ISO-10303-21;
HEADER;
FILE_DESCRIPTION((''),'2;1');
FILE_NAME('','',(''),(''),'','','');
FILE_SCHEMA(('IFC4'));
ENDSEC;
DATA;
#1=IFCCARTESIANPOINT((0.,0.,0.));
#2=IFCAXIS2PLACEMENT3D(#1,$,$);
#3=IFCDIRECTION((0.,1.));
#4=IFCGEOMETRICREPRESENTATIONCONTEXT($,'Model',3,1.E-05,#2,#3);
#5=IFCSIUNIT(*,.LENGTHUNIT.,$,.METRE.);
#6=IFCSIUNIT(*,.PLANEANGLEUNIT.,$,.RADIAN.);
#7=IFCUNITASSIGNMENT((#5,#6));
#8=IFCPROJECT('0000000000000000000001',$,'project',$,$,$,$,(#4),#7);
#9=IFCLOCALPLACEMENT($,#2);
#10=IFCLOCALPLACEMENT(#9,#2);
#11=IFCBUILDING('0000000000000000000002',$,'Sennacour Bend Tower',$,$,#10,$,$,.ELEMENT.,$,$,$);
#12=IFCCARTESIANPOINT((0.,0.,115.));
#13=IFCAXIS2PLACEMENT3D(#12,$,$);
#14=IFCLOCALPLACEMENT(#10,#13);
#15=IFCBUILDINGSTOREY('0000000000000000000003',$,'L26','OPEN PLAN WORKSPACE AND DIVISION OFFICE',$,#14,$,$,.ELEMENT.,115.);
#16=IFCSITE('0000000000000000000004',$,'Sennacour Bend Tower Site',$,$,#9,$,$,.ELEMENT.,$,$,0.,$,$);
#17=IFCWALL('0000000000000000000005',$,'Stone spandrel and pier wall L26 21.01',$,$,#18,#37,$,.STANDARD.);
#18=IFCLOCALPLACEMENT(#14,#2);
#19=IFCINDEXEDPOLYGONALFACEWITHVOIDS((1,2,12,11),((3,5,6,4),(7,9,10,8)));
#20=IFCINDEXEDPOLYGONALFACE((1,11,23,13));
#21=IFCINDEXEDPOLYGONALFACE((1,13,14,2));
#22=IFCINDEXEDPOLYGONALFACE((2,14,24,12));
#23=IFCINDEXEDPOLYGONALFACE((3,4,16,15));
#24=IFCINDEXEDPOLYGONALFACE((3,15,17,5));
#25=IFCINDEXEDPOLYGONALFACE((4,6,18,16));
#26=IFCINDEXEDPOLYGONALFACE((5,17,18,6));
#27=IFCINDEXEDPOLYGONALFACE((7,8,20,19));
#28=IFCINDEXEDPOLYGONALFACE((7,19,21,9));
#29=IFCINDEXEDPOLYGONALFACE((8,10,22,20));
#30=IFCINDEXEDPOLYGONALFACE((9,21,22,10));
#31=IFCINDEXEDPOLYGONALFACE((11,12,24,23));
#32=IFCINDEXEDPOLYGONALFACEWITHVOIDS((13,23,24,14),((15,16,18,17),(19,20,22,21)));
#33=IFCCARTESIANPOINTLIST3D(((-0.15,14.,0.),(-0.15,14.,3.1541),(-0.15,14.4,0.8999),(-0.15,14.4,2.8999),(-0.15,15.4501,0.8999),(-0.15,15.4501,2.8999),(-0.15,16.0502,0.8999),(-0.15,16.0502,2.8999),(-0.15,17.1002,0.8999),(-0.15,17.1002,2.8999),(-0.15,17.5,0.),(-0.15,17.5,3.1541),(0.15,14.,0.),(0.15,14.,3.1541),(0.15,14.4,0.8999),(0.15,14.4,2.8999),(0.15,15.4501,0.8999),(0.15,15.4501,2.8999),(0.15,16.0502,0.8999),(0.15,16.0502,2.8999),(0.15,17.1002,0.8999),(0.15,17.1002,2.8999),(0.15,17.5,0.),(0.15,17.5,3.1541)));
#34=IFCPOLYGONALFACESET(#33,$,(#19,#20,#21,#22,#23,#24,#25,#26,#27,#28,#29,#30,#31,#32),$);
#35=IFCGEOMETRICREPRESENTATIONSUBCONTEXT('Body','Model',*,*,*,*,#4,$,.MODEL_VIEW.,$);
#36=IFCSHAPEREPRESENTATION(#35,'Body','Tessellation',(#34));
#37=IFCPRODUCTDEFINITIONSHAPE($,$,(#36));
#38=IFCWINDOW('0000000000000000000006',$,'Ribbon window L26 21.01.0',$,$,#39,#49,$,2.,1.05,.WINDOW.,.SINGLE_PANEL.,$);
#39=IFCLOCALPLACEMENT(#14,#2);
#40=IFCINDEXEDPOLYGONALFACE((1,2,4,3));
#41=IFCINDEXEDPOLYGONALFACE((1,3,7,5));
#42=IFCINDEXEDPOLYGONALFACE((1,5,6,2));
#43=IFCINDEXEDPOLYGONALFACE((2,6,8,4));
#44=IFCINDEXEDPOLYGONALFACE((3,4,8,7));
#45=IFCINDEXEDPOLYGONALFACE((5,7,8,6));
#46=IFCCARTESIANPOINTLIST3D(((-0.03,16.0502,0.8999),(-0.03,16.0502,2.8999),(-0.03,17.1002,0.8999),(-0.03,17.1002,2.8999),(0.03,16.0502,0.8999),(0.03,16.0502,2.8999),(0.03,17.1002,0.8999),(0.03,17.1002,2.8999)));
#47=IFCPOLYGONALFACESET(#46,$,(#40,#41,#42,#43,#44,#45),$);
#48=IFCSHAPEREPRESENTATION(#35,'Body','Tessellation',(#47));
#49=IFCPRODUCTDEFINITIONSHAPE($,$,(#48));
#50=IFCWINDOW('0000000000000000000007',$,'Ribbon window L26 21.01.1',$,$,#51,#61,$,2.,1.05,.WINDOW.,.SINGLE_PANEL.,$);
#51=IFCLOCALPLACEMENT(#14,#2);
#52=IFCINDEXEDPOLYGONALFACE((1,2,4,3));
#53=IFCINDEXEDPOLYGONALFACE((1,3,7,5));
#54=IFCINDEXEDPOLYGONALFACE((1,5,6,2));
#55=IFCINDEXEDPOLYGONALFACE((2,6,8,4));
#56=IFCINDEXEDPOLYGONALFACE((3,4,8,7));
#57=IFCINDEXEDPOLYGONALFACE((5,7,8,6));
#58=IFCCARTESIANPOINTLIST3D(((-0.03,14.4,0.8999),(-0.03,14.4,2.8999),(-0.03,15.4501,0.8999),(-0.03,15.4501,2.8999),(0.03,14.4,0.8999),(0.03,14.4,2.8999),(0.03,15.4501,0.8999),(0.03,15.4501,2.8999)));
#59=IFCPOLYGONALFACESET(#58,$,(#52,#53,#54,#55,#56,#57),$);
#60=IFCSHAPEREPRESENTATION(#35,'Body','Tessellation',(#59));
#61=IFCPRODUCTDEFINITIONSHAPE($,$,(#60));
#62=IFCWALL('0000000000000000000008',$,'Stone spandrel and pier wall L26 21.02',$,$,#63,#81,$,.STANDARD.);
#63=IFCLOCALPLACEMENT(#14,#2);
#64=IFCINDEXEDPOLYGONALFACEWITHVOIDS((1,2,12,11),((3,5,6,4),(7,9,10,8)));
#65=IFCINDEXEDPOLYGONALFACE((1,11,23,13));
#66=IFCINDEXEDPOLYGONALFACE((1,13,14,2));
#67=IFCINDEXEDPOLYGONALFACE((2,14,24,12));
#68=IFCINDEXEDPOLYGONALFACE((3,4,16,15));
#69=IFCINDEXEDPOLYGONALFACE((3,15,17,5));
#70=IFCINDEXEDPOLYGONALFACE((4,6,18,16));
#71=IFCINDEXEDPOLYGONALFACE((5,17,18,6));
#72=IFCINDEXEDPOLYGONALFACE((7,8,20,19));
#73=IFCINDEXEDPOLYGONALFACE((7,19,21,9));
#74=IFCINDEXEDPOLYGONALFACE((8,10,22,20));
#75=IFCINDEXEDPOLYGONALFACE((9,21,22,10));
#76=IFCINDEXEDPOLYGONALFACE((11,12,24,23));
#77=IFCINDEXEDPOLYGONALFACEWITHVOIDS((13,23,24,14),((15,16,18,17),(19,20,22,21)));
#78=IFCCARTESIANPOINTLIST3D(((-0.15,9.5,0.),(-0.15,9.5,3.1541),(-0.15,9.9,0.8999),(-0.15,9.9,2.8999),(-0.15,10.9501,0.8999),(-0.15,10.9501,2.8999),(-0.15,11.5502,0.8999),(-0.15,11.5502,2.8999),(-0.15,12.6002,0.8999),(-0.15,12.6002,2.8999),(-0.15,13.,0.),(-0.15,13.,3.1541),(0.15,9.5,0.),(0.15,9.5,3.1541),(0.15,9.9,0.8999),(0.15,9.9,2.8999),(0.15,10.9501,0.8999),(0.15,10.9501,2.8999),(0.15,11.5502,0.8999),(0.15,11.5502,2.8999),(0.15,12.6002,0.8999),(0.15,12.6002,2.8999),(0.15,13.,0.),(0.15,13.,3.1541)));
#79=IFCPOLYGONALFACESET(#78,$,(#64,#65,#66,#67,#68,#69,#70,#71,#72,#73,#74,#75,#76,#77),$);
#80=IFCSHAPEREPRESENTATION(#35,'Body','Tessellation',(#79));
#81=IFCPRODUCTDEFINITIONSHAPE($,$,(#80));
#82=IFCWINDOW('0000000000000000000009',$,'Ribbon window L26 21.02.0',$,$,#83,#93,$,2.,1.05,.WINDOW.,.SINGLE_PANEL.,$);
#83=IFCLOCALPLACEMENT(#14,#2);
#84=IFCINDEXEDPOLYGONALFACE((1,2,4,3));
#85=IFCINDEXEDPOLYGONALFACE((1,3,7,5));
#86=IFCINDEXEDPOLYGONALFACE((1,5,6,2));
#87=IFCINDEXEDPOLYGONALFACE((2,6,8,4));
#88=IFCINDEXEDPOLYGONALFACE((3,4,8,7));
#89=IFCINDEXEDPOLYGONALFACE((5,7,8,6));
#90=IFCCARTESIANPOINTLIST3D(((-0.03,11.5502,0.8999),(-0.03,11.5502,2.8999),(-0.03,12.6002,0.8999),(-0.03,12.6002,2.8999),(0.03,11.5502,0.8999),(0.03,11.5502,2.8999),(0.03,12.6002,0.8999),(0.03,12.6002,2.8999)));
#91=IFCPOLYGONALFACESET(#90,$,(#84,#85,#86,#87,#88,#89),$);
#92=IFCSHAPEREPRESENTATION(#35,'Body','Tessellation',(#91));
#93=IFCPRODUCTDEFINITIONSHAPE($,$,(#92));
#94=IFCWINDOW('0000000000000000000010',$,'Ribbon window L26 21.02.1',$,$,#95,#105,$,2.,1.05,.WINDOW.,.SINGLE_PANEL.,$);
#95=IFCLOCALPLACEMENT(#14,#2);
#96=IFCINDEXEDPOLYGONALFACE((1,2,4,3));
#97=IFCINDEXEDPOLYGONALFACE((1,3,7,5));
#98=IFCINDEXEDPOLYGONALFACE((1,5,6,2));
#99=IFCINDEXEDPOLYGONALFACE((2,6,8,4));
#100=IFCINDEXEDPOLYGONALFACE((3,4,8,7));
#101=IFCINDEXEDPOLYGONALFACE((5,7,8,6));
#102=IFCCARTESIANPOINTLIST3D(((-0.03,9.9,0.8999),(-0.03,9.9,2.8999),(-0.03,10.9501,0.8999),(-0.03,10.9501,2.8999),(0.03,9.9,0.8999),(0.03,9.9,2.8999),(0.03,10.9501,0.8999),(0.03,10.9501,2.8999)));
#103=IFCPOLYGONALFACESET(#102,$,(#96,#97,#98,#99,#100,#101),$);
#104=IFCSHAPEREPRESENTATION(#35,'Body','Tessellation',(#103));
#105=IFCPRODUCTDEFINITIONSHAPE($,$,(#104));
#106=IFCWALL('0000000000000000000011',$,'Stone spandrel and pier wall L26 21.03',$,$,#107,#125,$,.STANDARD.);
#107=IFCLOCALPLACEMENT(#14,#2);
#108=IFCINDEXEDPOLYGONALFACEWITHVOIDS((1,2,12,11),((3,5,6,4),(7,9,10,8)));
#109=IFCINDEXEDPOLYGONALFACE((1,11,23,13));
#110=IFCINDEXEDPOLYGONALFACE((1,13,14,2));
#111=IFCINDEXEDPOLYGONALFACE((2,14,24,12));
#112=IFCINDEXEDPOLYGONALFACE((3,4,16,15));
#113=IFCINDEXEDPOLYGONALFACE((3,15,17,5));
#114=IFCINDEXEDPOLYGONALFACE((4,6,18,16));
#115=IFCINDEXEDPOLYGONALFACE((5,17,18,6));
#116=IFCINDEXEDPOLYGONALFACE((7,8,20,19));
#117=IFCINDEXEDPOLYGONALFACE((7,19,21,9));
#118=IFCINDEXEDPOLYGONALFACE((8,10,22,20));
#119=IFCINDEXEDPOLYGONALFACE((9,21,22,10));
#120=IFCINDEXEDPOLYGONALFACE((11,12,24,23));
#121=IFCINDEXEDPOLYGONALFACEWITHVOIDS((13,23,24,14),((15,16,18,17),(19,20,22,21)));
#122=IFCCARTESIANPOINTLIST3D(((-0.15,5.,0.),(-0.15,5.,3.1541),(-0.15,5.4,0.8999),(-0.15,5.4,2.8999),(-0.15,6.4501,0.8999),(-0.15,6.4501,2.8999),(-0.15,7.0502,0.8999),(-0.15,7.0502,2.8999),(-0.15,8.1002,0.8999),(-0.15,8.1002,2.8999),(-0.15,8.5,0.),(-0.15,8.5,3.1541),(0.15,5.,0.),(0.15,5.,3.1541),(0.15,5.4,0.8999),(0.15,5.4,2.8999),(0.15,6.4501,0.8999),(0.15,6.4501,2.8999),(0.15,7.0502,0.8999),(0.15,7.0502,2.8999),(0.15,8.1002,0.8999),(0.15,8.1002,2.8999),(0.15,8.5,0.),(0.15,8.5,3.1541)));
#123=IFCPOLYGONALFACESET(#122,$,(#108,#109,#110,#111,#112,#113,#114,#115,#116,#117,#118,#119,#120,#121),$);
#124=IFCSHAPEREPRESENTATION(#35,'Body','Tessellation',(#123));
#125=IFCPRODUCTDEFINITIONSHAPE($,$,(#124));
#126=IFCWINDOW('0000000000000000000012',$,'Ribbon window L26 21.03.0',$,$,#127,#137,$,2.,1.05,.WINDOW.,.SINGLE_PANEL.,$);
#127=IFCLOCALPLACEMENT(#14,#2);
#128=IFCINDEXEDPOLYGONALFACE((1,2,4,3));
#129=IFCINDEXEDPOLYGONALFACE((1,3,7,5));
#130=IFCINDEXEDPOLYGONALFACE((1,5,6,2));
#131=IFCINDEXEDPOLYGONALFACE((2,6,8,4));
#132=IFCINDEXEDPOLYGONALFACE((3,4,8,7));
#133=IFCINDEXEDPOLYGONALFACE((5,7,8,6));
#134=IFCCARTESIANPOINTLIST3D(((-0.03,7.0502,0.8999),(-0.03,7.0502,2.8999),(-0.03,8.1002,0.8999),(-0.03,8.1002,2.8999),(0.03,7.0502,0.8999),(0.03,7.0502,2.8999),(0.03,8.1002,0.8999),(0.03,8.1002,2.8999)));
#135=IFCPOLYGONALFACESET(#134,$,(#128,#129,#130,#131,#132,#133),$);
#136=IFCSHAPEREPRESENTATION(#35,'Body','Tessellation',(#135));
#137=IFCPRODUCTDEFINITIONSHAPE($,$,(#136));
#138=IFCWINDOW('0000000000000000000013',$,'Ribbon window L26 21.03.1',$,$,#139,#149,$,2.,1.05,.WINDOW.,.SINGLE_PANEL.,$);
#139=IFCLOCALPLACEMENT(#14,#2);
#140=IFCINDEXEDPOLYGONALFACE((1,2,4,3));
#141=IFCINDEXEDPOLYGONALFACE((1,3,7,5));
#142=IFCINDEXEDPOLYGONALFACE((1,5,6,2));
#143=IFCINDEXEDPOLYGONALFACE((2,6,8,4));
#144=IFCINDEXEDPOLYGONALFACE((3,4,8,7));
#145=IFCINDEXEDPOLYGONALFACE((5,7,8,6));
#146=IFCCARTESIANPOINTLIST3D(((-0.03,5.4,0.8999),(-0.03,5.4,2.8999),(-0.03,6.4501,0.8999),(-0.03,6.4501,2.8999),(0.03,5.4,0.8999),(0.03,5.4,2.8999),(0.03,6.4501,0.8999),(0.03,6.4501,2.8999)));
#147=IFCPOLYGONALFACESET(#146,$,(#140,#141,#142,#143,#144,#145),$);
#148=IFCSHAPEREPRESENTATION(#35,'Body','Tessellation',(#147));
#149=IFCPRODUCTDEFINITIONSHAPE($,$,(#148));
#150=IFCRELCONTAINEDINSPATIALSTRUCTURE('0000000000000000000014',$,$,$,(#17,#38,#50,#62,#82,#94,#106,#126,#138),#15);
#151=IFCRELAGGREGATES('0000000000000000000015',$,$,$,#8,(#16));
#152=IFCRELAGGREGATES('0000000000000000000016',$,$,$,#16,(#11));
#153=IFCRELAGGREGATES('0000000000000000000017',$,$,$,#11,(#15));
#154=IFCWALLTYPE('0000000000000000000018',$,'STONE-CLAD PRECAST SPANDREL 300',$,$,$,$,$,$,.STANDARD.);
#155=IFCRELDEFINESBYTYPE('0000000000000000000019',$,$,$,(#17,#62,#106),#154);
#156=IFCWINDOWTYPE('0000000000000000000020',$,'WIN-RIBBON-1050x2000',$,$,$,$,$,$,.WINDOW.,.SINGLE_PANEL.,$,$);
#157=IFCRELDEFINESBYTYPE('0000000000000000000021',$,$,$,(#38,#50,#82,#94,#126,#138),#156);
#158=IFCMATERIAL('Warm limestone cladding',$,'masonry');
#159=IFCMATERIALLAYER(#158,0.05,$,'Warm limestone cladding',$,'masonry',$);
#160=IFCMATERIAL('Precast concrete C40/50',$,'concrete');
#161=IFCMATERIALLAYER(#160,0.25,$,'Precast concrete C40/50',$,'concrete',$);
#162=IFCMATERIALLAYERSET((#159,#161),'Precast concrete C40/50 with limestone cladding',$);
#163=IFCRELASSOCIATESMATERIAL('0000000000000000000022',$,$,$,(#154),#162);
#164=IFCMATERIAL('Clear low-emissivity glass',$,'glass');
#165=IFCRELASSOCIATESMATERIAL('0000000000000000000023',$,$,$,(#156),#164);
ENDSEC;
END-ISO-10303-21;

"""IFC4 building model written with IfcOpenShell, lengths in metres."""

from ifc_helpers import new_model, si_unit, direction, frame, frame_2d, origin, place, context, subcontext, project, spatial, rectangle, extrude, material, layer, layer_set, type_object, element, fill, save


model = new_model("IFC4")

# Units and contexts
model_context = context("Model", 3, precision=1e-05, world=origin(), true_north=direction((0.0, 1.0)))
body_context = subcontext(model_context, "Body", "Model", "MODEL_VIEW")
ifc_project = project(units=[si_unit("LENGTHUNIT", "METRE"), si_unit("PLANEANGLEUNIT", "RADIAN")], contexts=[model_context])

# Site, building, storey
site_placement = place(None, origin())
site = spatial("IfcSite", under=ifc_project, at=site_placement, Name="Sennacour Bend Tower Site", CompositionType="ELEMENT", RefElevation=0.0)
building_placement = place(site_placement, origin())
building = spatial("IfcBuilding", under=site, at=building_placement, Name="Sennacour Bend Tower", CompositionType="ELEMENT")
storey_placement = place(building_placement, frame((0.0, 0.0, 115.0)))
storey = spatial("IfcBuildingStorey", under=building, at=storey_placement, Name="L26", Description="OPEN PLAN WORKSPACE AND DIVISION OFFICE", CompositionType="ELEMENT", Elevation=115.0)

# Walls, openings, windows
ifc_material_1 = material(Name="Warm limestone cladding", Category="masonry")
ifc_layer_1 = layer(ifc_material_1, 0.05, Name="Warm limestone cladding", Category="masonry")
ifc_material_2 = material(Name="Precast concrete C40/50", Category="concrete")
ifc_layer_2 = layer(ifc_material_2, 0.25, Name="Precast concrete C40/50", Category="concrete")
ifc_layer_set_1 = layer_set([ifc_layer_1, ifc_layer_2], Name="Precast concrete C40/50 with limestone cladding")
wall_type_1 = type_object("IfcWallType", Name="STONE-CLAD PRECAST SPANDREL 300", PredefinedType="STANDARD", material=ifc_layer_set_1)
wall_1_placement = place(storey_placement, frame((0.0, 17.5, 0.0), z_axis=(0.0, 0.0, 1.0), x_axis=(0.0, -1.0, 0.0)))
wall_1 = element("IfcWall", 1, at=wall_1_placement, inside=storey, type_object=wall_type_1, Name="Stone spandrel and pier wall L26 21.01", PredefinedType="STANDARD", context=body_context, shape_type="SweptSolid", body=[
    extrude(rectangle(XDim=3.5, YDim=0.3, at=frame_2d((1.75, 0.0))), origin(), (0.0, 0.0, 1.0), 3.1541),
])
opening_1_placement = place(wall_1_placement, frame((0.3999, 0.0, 0.8999)))
opening_1 = element("IfcOpeningElement", 2, at=opening_1_placement, cuts=wall_1, PredefinedType="OPENING", context=body_context, shape_type="SweptSolid", body=[
    extrude(rectangle(XDim=1.05, YDim=2.0, at=frame_2d((0.5249, 1.0))), frame((0.0, 0.1602, 0.0), z_axis=(0.0, -1.0, 0.0), x_axis=(1.0, 0.0, 0.0)), (0.0, 0.0, 1.0), 0.3201),
])
opening_2_placement = place(wall_1_placement, frame((2.05, 0.0, 0.8999)))
opening_2 = element("IfcOpeningElement", 3, at=opening_2_placement, cuts=wall_1, PredefinedType="OPENING", context=body_context, shape_type="SweptSolid", body=[
    extrude(rectangle(XDim=1.05, YDim=2.0, at=frame_2d((0.5249, 1.0))), frame((0.0, 0.1602, 0.0), z_axis=(0.0, -1.0, 0.0), x_axis=(1.0, 0.0, 0.0)), (0.0, 0.0, 1.0), 0.3201),
])
ifc_material_3 = material(Name="Clear low-emissivity glass", Category="glass")
window_type = type_object("IfcWindowType", Name="WIN-RIBBON-1050x2000", PartitioningType="SINGLE_PANEL", PredefinedType="WINDOW", material=ifc_material_3)
window_1_placement = place(opening_1_placement, origin())
window_1 = element("IfcWindow", 4, at=window_1_placement, inside=storey, type_object=window_type, Name="Ribbon window L26 21.01.0", OverallHeight=2.0, OverallWidth=1.05, PartitioningType="SINGLE_PANEL", PredefinedType="WINDOW", context=body_context, shape_type="SweptSolid", body=[
    extrude(rectangle(XDim=1.05, YDim=2.0, at=frame_2d((0.5249, 1.0))), frame((0.0, 0.03, 0.0), z_axis=(0.0, -1.0, 0.0), x_axis=(1.0, 0.0, 0.0)), (0.0, 0.0, 1.0), 0.0601),
])
fill(opening_1, window_1)
window_2_placement = place(opening_2_placement, origin())
window_2 = element("IfcWindow", 5, at=window_2_placement, inside=storey, type_object=window_type, Name="Ribbon window L26 21.01.1", OverallHeight=2.0, OverallWidth=1.05, PartitioningType="SINGLE_PANEL", PredefinedType="WINDOW", context=body_context, shape_type="SweptSolid", body=[
    extrude(rectangle(XDim=1.05, YDim=2.0, at=frame_2d((0.5249, 1.0))), frame((0.0, 0.03, 0.0), z_axis=(0.0, -1.0, 0.0), x_axis=(1.0, 0.0, 0.0)), (0.0, 0.0, 1.0), 0.0601),
])
fill(opening_2, window_2)
wall_2_placement = place(storey_placement, frame((0.0, 13.0, 0.0), z_axis=(0.0, 0.0, 1.0), x_axis=(0.0, -1.0, 0.0)))
wall_2 = element("IfcWall", 6, at=wall_2_placement, inside=storey, type_object=wall_type_1, Name="Stone spandrel and pier wall L26 21.02", PredefinedType="STANDARD", context=body_context, shape_type="SweptSolid", body=[
    extrude(rectangle(XDim=3.5, YDim=0.3, at=frame_2d((1.75, 0.0))), origin(), (0.0, 0.0, 1.0), 3.1541),
])
opening_3_placement = place(wall_2_placement, frame((0.3999, 0.0, 0.8999)))
opening_3 = element("IfcOpeningElement", 7, at=opening_3_placement, cuts=wall_2, PredefinedType="OPENING", context=body_context, shape_type="SweptSolid", body=[
    extrude(rectangle(XDim=1.05, YDim=2.0, at=frame_2d((0.5249, 1.0))), frame((0.0, 0.1602, 0.0), z_axis=(0.0, -1.0, 0.0), x_axis=(1.0, 0.0, 0.0)), (0.0, 0.0, 1.0), 0.3201),
])
opening_4_placement = place(wall_2_placement, frame((2.05, 0.0, 0.8999)))
opening_4 = element("IfcOpeningElement", 8, at=opening_4_placement, cuts=wall_2, PredefinedType="OPENING", context=body_context, shape_type="SweptSolid", body=[
    extrude(rectangle(XDim=1.05, YDim=2.0, at=frame_2d((0.5249, 1.0))), frame((0.0, 0.1602, 0.0), z_axis=(0.0, -1.0, 0.0), x_axis=(1.0, 0.0, 0.0)), (0.0, 0.0, 1.0), 0.3201),
])
window_3_placement = place(opening_3_placement, origin())
window_3 = element("IfcWindow", 9, at=window_3_placement, inside=storey, type_object=window_type, Name="Ribbon window L26 21.02.0", OverallHeight=2.0, OverallWidth=1.05, PartitioningType="SINGLE_PANEL", PredefinedType="WINDOW", context=body_context, shape_type="SweptSolid", body=[
    extrude(rectangle(XDim=1.05, YDim=2.0, at=frame_2d((0.5249, 1.0))), frame((0.0, 0.03, 0.0), z_axis=(0.0, -1.0, 0.0), x_axis=(1.0, 0.0, 0.0)), (0.0, 0.0, 1.0), 0.0601),
])
fill(opening_3, window_3)
window_4_placement = place(opening_4_placement, origin())
window_4 = element("IfcWindow", 10, at=window_4_placement, inside=storey, type_object=window_type, Name="Ribbon window L26 21.02.1", OverallHeight=2.0, OverallWidth=1.05, PartitioningType="SINGLE_PANEL", PredefinedType="WINDOW", context=body_context, shape_type="SweptSolid", body=[
    extrude(rectangle(XDim=1.05, YDim=2.0, at=frame_2d((0.5249, 1.0))), frame((0.0, 0.03, 0.0), z_axis=(0.0, -1.0, 0.0), x_axis=(1.0, 0.0, 0.0)), (0.0, 0.0, 1.0), 0.0601),
])
fill(opening_4, window_4)
wall_3_placement = place(storey_placement, frame((0.0, 8.5, 0.0), z_axis=(0.0, 0.0, 1.0), x_axis=(0.0, -1.0, 0.0)))
wall_3 = element("IfcWall", 11, at=wall_3_placement, inside=storey, type_object=wall_type_1, Name="Stone spandrel and pier wall L26 21.03", PredefinedType="STANDARD", context=body_context, shape_type="SweptSolid", body=[
    extrude(rectangle(XDim=3.5, YDim=0.3, at=frame_2d((1.75, 0.0))), origin(), (0.0, 0.0, 1.0), 3.1541),
])
opening_5_placement = place(wall_3_placement, frame((0.3999, 0.0, 0.8999)))
opening_5 = element("IfcOpeningElement", 12, at=opening_5_placement, cuts=wall_3, PredefinedType="OPENING", context=body_context, shape_type="SweptSolid", body=[
    extrude(rectangle(XDim=1.05, YDim=2.0, at=frame_2d((0.5249, 1.0))), frame((0.0, 0.1602, 0.0), z_axis=(0.0, -1.0, 0.0), x_axis=(1.0, 0.0, 0.0)), (0.0, 0.0, 1.0), 0.3201),
])
opening_6_placement = place(wall_3_placement, frame((2.05, 0.0, 0.8999)))
opening_6 = element("IfcOpeningElement", 13, at=opening_6_placement, cuts=wall_3, PredefinedType="OPENING", context=body_context, shape_type="SweptSolid", body=[
    extrude(rectangle(XDim=1.05, YDim=2.0, at=frame_2d((0.5249, 1.0))), frame((0.0, 0.1602, 0.0), z_axis=(0.0, -1.0, 0.0), x_axis=(1.0, 0.0, 0.0)), (0.0, 0.0, 1.0), 0.3201),
])
window_5_placement = place(opening_5_placement, origin())
window_5 = element("IfcWindow", 14, at=window_5_placement, inside=storey, type_object=window_type, Name="Ribbon window L26 21.03.0", OverallHeight=2.0, OverallWidth=1.05, PartitioningType="SINGLE_PANEL", PredefinedType="WINDOW", context=body_context, shape_type="SweptSolid", body=[
    extrude(rectangle(XDim=1.05, YDim=2.0, at=frame_2d((0.5249, 1.0))), frame((0.0, 0.03, 0.0), z_axis=(0.0, -1.0, 0.0), x_axis=(1.0, 0.0, 0.0)), (0.0, 0.0, 1.0), 0.0601),
])
fill(opening_5, window_5)
window_6_placement = place(opening_6_placement, origin())
window_6 = element("IfcWindow", 15, at=window_6_placement, inside=storey, type_object=window_type, Name="Ribbon window L26 21.03.1", OverallHeight=2.0, OverallWidth=1.05, PartitioningType="SINGLE_PANEL", PredefinedType="WINDOW", context=body_context, shape_type="SweptSolid", body=[
    extrude(rectangle(XDim=1.05, YDim=2.0, at=frame_2d((0.5249, 1.0))), frame((0.0, 0.03, 0.0), z_axis=(0.0, -1.0, 0.0), x_axis=(1.0, 0.0, 0.0)), (0.0, 0.0, 1.0), 0.0601),
])
fill(opening_6, window_6)

save(model, "model.ifc")
